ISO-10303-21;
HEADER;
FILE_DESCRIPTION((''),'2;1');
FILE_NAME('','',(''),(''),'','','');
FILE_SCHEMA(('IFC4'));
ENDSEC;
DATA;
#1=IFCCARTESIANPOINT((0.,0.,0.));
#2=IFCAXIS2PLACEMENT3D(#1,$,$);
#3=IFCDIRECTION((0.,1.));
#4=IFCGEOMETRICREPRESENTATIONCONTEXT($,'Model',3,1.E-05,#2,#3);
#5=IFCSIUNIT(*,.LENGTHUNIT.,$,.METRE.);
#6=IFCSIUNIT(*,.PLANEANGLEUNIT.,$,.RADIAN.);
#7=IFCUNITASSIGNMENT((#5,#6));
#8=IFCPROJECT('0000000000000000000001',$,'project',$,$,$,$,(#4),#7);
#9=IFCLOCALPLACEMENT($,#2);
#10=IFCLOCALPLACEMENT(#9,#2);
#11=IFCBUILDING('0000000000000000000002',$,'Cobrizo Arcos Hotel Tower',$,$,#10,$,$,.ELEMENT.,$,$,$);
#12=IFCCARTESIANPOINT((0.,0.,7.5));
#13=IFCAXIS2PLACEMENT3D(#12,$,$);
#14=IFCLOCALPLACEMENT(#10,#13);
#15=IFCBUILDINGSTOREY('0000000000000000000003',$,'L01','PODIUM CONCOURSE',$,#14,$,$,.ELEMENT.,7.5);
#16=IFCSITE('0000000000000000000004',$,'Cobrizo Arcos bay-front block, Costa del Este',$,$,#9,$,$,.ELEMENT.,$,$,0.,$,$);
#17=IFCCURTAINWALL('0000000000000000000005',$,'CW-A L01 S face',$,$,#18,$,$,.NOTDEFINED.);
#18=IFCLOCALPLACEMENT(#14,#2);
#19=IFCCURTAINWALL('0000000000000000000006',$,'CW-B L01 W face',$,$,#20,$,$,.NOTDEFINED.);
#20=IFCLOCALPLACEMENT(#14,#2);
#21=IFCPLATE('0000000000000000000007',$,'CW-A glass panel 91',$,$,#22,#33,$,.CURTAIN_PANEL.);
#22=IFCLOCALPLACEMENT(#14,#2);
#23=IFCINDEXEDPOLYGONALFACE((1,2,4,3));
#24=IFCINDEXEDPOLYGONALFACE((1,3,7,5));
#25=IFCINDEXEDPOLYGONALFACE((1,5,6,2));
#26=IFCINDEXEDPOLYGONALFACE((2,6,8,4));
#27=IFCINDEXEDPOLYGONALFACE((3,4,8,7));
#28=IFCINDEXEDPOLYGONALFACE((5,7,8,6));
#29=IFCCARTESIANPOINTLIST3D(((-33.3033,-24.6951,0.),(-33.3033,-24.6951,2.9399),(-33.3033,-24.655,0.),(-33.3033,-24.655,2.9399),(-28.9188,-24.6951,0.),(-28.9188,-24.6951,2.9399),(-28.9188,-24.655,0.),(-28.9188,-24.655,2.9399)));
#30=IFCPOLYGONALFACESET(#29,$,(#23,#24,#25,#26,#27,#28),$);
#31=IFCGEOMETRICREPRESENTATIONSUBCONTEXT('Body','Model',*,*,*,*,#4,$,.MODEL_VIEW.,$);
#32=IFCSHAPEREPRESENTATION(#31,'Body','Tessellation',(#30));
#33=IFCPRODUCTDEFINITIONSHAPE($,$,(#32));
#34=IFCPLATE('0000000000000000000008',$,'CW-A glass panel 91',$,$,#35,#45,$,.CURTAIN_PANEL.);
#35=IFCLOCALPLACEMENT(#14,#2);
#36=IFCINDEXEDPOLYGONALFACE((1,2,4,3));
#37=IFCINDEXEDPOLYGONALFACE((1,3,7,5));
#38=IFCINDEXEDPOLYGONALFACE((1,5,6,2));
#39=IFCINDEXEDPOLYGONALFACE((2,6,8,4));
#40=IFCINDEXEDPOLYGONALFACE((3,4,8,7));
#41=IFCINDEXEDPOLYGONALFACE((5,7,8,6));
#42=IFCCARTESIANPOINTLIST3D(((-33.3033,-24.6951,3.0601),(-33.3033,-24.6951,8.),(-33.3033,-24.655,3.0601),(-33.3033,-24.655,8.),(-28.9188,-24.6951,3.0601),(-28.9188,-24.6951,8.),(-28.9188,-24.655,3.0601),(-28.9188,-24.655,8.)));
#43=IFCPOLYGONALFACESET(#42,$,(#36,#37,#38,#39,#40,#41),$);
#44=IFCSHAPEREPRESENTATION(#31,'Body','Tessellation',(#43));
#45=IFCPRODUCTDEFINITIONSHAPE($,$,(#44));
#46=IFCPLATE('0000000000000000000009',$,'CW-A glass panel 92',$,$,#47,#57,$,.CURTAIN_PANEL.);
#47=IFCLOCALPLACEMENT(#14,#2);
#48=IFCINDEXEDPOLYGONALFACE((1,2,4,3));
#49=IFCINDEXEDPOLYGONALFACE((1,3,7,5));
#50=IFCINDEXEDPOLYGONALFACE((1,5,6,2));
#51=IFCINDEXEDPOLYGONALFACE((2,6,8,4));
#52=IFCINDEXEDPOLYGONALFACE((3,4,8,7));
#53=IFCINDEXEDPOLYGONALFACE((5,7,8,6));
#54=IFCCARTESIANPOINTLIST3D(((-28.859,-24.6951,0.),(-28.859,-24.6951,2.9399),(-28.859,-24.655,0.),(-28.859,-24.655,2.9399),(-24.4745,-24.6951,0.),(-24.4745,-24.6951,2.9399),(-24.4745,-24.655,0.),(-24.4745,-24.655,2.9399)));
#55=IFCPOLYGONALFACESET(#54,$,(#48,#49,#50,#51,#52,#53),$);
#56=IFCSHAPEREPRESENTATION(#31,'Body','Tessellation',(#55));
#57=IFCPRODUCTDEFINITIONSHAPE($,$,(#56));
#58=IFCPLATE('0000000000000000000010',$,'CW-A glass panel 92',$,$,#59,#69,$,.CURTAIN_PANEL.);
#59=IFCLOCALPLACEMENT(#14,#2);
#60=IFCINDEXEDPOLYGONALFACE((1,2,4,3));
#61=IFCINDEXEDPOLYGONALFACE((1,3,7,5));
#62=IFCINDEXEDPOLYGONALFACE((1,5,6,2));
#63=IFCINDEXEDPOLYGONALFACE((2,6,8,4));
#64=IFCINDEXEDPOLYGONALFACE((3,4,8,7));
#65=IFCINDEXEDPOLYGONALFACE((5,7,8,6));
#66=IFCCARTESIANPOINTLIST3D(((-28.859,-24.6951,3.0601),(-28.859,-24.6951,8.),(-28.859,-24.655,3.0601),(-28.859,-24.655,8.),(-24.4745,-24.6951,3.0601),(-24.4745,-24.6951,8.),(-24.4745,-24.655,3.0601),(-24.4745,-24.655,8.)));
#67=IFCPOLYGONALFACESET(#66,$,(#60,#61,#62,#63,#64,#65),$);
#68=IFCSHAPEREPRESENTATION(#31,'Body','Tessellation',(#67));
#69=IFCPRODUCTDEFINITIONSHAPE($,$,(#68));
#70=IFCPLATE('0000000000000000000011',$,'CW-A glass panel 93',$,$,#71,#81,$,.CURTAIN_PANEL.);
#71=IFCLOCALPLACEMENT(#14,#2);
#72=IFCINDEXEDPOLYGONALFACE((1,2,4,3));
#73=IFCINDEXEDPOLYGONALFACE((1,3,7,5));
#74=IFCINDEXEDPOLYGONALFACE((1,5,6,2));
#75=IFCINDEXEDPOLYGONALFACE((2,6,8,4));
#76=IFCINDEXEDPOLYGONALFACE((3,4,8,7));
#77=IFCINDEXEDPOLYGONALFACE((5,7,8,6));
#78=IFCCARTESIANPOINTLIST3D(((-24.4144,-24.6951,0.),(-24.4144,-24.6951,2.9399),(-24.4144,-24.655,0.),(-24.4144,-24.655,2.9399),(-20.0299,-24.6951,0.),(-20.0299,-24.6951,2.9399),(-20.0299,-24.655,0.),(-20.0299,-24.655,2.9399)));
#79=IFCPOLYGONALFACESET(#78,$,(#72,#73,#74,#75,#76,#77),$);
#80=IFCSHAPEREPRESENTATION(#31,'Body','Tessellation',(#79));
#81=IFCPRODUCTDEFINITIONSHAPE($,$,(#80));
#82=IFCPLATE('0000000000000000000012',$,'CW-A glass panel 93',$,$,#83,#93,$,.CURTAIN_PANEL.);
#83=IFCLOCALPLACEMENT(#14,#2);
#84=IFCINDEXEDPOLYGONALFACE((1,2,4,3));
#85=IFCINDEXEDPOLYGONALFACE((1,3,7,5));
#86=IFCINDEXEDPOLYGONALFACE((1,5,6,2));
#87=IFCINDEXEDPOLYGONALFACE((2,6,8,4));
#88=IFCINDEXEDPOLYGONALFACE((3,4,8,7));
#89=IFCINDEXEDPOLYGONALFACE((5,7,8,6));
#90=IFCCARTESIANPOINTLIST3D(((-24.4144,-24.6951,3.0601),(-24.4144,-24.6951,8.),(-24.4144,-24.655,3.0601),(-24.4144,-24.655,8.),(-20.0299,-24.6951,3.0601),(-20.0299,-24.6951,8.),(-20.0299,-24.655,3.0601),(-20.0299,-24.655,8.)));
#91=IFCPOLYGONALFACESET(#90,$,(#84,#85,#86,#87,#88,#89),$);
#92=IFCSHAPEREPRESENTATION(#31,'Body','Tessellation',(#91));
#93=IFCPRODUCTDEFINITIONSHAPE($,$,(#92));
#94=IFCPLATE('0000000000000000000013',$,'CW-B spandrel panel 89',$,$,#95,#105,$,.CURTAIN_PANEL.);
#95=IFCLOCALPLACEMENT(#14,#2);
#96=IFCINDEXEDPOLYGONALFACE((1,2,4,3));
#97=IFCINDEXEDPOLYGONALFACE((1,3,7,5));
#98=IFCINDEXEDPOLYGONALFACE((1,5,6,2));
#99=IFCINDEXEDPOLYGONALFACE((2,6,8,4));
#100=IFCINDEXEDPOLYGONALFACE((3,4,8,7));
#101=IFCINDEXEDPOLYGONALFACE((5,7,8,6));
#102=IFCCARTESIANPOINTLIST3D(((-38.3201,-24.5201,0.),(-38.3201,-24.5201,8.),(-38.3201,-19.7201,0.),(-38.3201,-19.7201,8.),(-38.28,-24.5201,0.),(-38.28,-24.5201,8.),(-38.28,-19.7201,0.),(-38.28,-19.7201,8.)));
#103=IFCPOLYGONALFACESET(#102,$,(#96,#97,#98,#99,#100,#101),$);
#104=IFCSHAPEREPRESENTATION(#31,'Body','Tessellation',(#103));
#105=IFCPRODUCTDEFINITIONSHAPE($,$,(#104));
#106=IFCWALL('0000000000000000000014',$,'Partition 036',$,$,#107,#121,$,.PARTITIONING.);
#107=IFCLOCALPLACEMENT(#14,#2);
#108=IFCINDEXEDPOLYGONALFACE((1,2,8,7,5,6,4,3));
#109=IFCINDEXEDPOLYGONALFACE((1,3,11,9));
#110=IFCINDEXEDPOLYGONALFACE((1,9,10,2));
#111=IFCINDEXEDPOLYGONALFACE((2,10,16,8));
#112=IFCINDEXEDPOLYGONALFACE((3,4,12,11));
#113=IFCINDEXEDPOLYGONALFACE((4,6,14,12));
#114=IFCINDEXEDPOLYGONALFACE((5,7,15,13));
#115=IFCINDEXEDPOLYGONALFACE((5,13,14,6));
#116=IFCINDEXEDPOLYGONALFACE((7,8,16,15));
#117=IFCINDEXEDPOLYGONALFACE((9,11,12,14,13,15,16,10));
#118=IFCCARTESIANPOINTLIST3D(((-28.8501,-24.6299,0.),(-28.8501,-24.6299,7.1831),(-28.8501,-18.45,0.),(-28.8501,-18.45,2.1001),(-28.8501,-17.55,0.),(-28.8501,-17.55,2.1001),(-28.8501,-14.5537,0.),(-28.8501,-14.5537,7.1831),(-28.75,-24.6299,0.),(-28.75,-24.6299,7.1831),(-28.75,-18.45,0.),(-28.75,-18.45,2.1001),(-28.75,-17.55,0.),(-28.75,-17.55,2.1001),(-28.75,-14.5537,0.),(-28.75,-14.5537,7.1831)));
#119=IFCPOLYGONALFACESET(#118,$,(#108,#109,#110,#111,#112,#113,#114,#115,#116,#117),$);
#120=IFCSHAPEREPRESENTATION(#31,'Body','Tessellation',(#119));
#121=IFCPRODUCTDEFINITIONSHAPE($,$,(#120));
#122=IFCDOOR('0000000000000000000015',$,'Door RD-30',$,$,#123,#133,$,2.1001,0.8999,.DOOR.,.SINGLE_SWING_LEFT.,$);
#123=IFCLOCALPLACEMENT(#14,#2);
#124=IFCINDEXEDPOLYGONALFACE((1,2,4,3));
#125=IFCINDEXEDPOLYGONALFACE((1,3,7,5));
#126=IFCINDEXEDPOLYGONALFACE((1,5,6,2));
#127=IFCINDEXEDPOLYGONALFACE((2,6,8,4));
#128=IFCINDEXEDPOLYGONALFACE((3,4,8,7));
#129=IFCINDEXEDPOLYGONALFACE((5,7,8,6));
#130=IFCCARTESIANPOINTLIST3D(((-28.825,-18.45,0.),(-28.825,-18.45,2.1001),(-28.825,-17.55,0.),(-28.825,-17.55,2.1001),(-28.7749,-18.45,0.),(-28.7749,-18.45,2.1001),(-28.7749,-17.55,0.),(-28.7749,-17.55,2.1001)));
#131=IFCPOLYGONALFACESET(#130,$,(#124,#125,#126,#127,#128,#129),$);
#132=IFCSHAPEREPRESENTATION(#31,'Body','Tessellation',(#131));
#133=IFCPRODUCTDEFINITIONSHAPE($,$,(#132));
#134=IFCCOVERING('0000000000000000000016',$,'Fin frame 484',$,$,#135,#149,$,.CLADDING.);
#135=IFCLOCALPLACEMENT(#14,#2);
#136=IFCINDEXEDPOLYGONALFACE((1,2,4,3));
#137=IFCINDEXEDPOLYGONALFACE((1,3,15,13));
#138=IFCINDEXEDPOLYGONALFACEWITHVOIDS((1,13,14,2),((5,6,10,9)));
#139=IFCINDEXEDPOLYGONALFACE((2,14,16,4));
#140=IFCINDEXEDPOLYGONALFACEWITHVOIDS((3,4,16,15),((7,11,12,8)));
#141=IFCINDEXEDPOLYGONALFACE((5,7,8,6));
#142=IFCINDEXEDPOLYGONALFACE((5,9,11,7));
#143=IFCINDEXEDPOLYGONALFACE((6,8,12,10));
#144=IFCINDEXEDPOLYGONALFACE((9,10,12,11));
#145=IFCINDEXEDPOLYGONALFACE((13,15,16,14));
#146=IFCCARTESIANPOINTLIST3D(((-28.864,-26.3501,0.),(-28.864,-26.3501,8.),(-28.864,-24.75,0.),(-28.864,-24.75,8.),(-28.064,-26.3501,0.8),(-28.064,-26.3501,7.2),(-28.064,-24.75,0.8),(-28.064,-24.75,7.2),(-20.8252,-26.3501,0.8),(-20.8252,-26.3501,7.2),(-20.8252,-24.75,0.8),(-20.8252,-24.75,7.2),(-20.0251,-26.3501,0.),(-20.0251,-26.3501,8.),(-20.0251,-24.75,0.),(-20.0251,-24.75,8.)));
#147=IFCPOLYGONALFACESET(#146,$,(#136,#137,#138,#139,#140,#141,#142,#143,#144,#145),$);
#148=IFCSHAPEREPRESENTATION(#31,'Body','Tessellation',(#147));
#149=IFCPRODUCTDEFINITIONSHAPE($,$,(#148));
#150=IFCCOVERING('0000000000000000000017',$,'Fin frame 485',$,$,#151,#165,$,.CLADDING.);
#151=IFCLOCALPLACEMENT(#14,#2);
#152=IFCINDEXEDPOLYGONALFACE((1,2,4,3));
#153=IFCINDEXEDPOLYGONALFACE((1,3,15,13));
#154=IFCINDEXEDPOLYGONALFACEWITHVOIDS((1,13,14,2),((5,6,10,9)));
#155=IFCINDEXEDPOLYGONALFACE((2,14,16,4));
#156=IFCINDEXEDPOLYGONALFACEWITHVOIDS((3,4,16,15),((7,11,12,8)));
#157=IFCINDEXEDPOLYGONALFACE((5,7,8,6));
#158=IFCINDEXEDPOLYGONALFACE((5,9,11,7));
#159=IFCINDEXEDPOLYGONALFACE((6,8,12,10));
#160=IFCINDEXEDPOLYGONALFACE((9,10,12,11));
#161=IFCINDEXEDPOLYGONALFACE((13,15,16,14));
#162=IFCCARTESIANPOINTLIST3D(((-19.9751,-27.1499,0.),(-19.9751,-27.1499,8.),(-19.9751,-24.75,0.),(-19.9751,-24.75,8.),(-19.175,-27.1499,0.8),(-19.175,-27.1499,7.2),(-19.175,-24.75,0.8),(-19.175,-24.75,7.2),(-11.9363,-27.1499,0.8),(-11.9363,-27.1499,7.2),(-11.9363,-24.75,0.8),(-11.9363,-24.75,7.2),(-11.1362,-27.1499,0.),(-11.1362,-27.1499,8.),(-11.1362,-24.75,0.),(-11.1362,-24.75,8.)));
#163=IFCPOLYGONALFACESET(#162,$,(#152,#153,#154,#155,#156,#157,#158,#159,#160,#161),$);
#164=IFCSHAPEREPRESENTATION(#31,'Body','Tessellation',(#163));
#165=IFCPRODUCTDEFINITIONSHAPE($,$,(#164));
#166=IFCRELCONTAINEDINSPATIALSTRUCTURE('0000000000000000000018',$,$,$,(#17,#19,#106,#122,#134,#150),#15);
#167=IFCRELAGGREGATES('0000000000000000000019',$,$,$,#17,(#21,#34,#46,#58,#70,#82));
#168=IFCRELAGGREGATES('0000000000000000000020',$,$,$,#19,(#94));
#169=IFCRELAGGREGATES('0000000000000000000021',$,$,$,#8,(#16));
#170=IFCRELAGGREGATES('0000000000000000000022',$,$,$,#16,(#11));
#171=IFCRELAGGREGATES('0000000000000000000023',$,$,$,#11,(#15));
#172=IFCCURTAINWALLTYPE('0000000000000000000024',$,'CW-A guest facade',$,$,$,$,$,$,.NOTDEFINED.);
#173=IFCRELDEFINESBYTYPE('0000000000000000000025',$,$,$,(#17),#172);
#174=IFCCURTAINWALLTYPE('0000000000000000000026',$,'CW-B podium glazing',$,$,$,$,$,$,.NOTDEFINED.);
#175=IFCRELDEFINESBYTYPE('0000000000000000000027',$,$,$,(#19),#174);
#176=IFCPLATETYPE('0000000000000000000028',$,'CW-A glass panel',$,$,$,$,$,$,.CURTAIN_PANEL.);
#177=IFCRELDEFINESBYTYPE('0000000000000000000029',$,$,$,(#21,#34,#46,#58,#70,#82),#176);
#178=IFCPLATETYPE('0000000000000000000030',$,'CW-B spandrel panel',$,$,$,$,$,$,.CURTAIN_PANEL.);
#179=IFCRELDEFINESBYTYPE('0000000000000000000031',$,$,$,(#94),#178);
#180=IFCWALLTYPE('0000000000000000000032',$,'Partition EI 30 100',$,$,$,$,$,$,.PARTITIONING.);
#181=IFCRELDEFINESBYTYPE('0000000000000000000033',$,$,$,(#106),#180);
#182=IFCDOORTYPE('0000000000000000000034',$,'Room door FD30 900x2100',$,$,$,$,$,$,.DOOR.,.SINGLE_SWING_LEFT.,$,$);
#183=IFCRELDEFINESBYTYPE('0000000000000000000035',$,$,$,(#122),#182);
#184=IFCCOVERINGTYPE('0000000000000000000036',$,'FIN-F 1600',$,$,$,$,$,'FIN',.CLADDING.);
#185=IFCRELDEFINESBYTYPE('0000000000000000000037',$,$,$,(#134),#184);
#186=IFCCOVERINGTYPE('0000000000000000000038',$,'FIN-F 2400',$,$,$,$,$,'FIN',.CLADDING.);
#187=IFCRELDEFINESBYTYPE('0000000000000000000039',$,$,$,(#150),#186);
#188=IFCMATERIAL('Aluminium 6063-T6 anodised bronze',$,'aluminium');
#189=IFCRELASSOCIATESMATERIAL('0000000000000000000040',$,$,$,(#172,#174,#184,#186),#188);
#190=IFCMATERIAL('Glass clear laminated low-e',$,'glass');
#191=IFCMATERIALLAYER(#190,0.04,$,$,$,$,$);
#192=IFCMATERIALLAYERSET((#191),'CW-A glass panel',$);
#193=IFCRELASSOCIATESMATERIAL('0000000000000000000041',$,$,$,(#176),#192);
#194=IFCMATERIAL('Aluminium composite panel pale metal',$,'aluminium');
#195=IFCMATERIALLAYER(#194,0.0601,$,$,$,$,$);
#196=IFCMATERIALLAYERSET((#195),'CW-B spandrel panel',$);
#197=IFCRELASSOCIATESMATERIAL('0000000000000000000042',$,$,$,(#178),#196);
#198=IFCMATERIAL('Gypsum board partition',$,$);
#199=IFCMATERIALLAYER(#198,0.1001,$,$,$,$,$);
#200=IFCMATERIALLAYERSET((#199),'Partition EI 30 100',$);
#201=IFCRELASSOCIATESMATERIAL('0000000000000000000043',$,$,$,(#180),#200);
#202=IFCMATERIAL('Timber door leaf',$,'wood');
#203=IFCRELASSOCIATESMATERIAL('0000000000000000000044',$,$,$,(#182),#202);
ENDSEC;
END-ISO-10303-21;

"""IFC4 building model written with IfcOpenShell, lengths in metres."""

from ifc_helpers import new_model, si_unit, direction, frame, frame_2d, origin, origin_2d, place, context, subcontext, project, spatial, polyline, rectangle, outline, extrude, material, layer, layer_set, type_object, element, fill, aggregate, save


model = new_model("IFC4")

# Units and contexts
model_context = context("Model", 3, precision=1e-05, world=origin(), true_north=direction((0.0, 1.0)))
body_context = subcontext(model_context, "Body", "Model", "MODEL_VIEW")
ifc_project = project(units=[si_unit("LENGTHUNIT", "METRE"), si_unit("PLANEANGLEUNIT", "RADIAN")], contexts=[model_context])

# Site, building, storey
site_placement = place(None, origin())
site = spatial("IfcSite", under=ifc_project, at=site_placement, Name="Cobrizo Arcos bay-front block, Costa del Este", CompositionType="ELEMENT", RefElevation=0.0)
building_placement = place(site_placement, origin())
building = spatial("IfcBuilding", under=site, at=building_placement, Name="Cobrizo Arcos Hotel Tower", CompositionType="ELEMENT")
storey_placement = place(building_placement, frame((0.0, 0.0, 7.5)))
storey = spatial("IfcBuildingStorey", under=building, at=storey_placement, Name="L01", Description="PODIUM CONCOURSE", CompositionType="ELEMENT", Elevation=7.5)

# Curtain walls
ifc_material_1 = material(Name="Aluminium 6063-T6 anodised bronze", Category="aluminium")
curtain_wall_type_1 = type_object("IfcCurtainWallType", Name="CW-A guest facade", PredefinedType="NOTDEFINED", material=ifc_material_1)
curtain_wall_1_placement = place(storey_placement, origin())
curtain_wall_1 = element("IfcCurtainWall", 1, at=curtain_wall_1_placement, inside=storey, type_object=curtain_wall_type_1, Name="CW-A L01 S face", PredefinedType="NOTDEFINED")
curtain_wall_type_2 = type_object("IfcCurtainWallType", Name="CW-B podium glazing", PredefinedType="NOTDEFINED", material=ifc_material_1)
curtain_wall_2_placement = place(storey_placement, origin())
curtain_wall_2 = element("IfcCurtainWall", 2, at=curtain_wall_2_placement, inside=storey, type_object=curtain_wall_type_2, Name="CW-B L01 W face", PredefinedType="NOTDEFINED")

# Plates
ifc_material_2 = material(Name="Glass clear laminated low-e", Category="glass")
ifc_layer_1 = layer(ifc_material_2, 0.04)
ifc_layer_set_1 = layer_set([ifc_layer_1], Name="CW-A glass panel")
plate_type_1 = type_object("IfcPlateType", Name="CW-A glass panel", PredefinedType="CURTAIN_PANEL", material=ifc_layer_set_1)
plate_1_placement = place(storey_placement, frame((-31.1111, -24.675, 0.0), z_axis=(0.0, 0.0, 1.0), x_axis=(1.0, 0.0, 0.0)))
plate_1 = element("IfcPlate", 3, at=plate_1_placement, type_object=plate_type_1, Name="CW-A glass panel 91", PredefinedType="CURTAIN_PANEL", context=body_context, shape_type="SweptSolid", body=[
    extrude(rectangle(XDim=4.3845, YDim=0.04, at=origin_2d()), origin(), (0.0, 0.0, 1.0), 2.9399),
])
plate_2_placement = place(storey_placement, frame((-31.1111, -24.675, 3.0601), z_axis=(0.0, 0.0, 1.0), x_axis=(1.0, 0.0, 0.0)))
plate_2 = element("IfcPlate", 4, at=plate_2_placement, type_object=plate_type_1, Name="CW-A glass panel 91", PredefinedType="CURTAIN_PANEL", context=body_context, shape_type="SweptSolid", body=[
    extrude(rectangle(XDim=4.3845, YDim=0.04, at=origin_2d()), origin(), (0.0, 0.0, 1.0), 4.9399),
])
plate_3_placement = place(storey_placement, frame((-26.6667, -24.675, 0.0), z_axis=(0.0, 0.0, 1.0), x_axis=(1.0, 0.0, 0.0)))
plate_3 = element("IfcPlate", 5, at=plate_3_placement, type_object=plate_type_1, Name="CW-A glass panel 92", PredefinedType="CURTAIN_PANEL", context=body_context, shape_type="SweptSolid", body=[
    extrude(rectangle(XDim=4.3845, YDim=0.04, at=origin_2d()), origin(), (0.0, 0.0, 1.0), 2.9399),
])
plate_4_placement = place(storey_placement, frame((-26.6667, -24.675, 3.0601), z_axis=(0.0, 0.0, 1.0), x_axis=(1.0, 0.0, 0.0)))
plate_4 = element("IfcPlate", 6, at=plate_4_placement, type_object=plate_type_1, Name="CW-A glass panel 92", PredefinedType="CURTAIN_PANEL", context=body_context, shape_type="SweptSolid", body=[
    extrude(rectangle(XDim=4.3845, YDim=0.04, at=origin_2d()), origin(), (0.0, 0.0, 1.0), 4.9399),
])
plate_5_placement = place(storey_placement, frame((-22.2222, -24.675, 0.0), z_axis=(0.0, 0.0, 1.0), x_axis=(1.0, 0.0, 0.0)))
plate_5 = element("IfcPlate", 7, at=plate_5_placement, type_object=plate_type_1, Name="CW-A glass panel 93", PredefinedType="CURTAIN_PANEL", context=body_context, shape_type="SweptSolid", body=[
    extrude(rectangle(XDim=4.3845, YDim=0.04, at=origin_2d()), origin(), (0.0, 0.0, 1.0), 2.9399),
])
plate_6_placement = place(storey_placement, frame((-22.2222, -24.675, 3.0601), z_axis=(0.0, 0.0, 1.0), x_axis=(1.0, 0.0, 0.0)))
plate_6 = element("IfcPlate", 8, at=plate_6_placement, type_object=plate_type_1, Name="CW-A glass panel 93", PredefinedType="CURTAIN_PANEL", context=body_context, shape_type="SweptSolid", body=[
    extrude(rectangle(XDim=4.3845, YDim=0.04, at=origin_2d()), origin(), (0.0, 0.0, 1.0), 4.9399),
])
aggregate(curtain_wall_1, [plate_1, plate_2, plate_3, plate_4, plate_5, plate_6])
ifc_material_3 = material(Name="Aluminium composite panel pale metal", Category="aluminium")
ifc_layer_2 = layer(ifc_material_3, 0.0601)
ifc_layer_set_2 = layer_set([ifc_layer_2], Name="CW-B spandrel panel")
plate_type_2 = type_object("IfcPlateType", Name="CW-B spandrel panel", PredefinedType="CURTAIN_PANEL", material=ifc_layer_set_2)
plate_7_placement = place(storey_placement, frame((-38.3, -22.1201, 0.0), z_axis=(0.0, 0.0, 1.0), x_axis=(0.0, -1.0, 0.0)))
plate_7 = element("IfcPlate", 9, at=plate_7_placement, type_object=plate_type_2, Name="CW-B spandrel panel 89", PredefinedType="CURTAIN_PANEL", context=body_context, shape_type="SweptSolid", body=[
    extrude(rectangle(XDim=4.8, YDim=0.04, at=origin_2d()), origin(), (0.0, 0.0, 1.0), 8.0),
])
aggregate(curtain_wall_2, [plate_7])

# Wall, opening, door
ifc_material_4 = material(Name="Gypsum board partition")
ifc_layer_3 = layer(ifc_material_4, 0.1001)
ifc_layer_set_3 = layer_set([ifc_layer_3], Name="Partition EI 30 100")
wall_type = type_object("IfcWallType", Name="Partition EI 30 100", PredefinedType="PARTITIONING", material=ifc_layer_set_3)
wall_placement = place(storey_placement, frame((-28.8, -24.6299, 0.0), z_axis=(0.0, 0.0, 1.0), x_axis=(0.0, 1.0, 0.0)))
wall = element("IfcWall", 10, at=wall_placement, inside=storey, type_object=wall_type, Name="Partition 036", PredefinedType="PARTITIONING", context=body_context, shape_type="SweptSolid", body=[
    extrude(rectangle(XDim=10.0762, YDim=0.1001, at=frame_2d((5.0381, 0.0))), origin(), (0.0, 0.0, 1.0), 7.1831),
])
opening_placement = place(wall_placement, frame((6.1799, 0.0, 0.0)))
opening = element("IfcOpeningElement", 11, at=opening_placement, cuts=wall, PredefinedType="OPENING", context=body_context, shape_type="SweptSolid", body=[
    extrude(rectangle(XDim=0.8999, YDim=2.1001, at=frame_2d((0.45, 1.05))), frame((0.0, 0.062, 0.0), z_axis=(0.0, -1.0, 0.0), x_axis=(1.0, 0.0, 0.0)), (0.0, 0.0, 1.0), 0.124),
])
ifc_material_5 = material(Name="Timber door leaf", Category="wood")
door_type = type_object("IfcDoorType", Name="Room door FD30 900x2100", OperationType="SINGLE_SWING_LEFT", PredefinedType="DOOR", material=ifc_material_5)
door_placement = place(opening_placement, origin())
door = element("IfcDoor", 12, at=door_placement, inside=storey, type_object=door_type, Name="Door RD-30", OperationType="SINGLE_SWING_LEFT", OverallHeight=2.1001, OverallWidth=0.8999, PredefinedType="DOOR", context=body_context, shape_type="SweptSolid", body=[
    extrude(rectangle(XDim=0.8999, YDim=2.1001, at=frame_2d((0.45, 1.05))), frame((0.0, 0.0249, 0.0), z_axis=(0.0, -1.0, 0.0), x_axis=(1.0, 0.0, 0.0)), (0.0, 0.0, 1.0), 0.05),
])
fill(opening, door)

# Coverings
covering_type_1 = type_object("IfcCoveringType", Name="FIN-F 1600", ElementType="FIN", PredefinedType="CLADDING", material=ifc_material_1)
covering_1_placement = place(storey_placement, frame((-28.864, -24.75, 0.0), z_axis=(0.0, -1.0, 0.0), x_axis=(1.0, 0.0, 0.0)))
element("IfcCovering", 13, at=covering_1_placement, inside=storey, type_object=covering_type_1, Name="Fin frame 484", PredefinedType="CLADDING", context=body_context, shape_type="SweptSolid", body=[
    extrude(outline(polyline([(0.0, 8.0), (0.0, 0.0), (8.8389, 0.0), (8.8389, 8.0), (0.0, 8.0)]), holes=[polyline([(8.0388, 0.8), (0.8, 0.8), (0.8, 7.2), (8.0388, 7.2), (8.0388, 0.8)])]), origin(), (0.0, 0.0, 1.0), 1.6001),
])
covering_type_2 = type_object("IfcCoveringType", Name="FIN-F 2400", ElementType="FIN", PredefinedType="CLADDING", material=ifc_material_1)
covering_2_placement = place(storey_placement, frame((-19.9751, -24.75, 0.0), z_axis=(0.0, -1.0, 0.0), x_axis=(1.0, 0.0, 0.0)))
element("IfcCovering", 14, at=covering_2_placement, inside=storey, type_object=covering_type_2, Name="Fin frame 485", PredefinedType="CLADDING", context=body_context, shape_type="SweptSolid", body=[
    extrude(outline(polyline([(0.0, 8.0), (0.0, 0.0), (8.8389, 0.0), (8.8389, 8.0), (0.0, 8.0)]), holes=[polyline([(8.0388, 0.8), (0.8, 0.8), (0.8, 7.2), (8.0388, 7.2), (8.0388, 0.8)])]), origin(), (0.0, 0.0, 1.0), 2.3999),
])

save(model, "model.ifc")
